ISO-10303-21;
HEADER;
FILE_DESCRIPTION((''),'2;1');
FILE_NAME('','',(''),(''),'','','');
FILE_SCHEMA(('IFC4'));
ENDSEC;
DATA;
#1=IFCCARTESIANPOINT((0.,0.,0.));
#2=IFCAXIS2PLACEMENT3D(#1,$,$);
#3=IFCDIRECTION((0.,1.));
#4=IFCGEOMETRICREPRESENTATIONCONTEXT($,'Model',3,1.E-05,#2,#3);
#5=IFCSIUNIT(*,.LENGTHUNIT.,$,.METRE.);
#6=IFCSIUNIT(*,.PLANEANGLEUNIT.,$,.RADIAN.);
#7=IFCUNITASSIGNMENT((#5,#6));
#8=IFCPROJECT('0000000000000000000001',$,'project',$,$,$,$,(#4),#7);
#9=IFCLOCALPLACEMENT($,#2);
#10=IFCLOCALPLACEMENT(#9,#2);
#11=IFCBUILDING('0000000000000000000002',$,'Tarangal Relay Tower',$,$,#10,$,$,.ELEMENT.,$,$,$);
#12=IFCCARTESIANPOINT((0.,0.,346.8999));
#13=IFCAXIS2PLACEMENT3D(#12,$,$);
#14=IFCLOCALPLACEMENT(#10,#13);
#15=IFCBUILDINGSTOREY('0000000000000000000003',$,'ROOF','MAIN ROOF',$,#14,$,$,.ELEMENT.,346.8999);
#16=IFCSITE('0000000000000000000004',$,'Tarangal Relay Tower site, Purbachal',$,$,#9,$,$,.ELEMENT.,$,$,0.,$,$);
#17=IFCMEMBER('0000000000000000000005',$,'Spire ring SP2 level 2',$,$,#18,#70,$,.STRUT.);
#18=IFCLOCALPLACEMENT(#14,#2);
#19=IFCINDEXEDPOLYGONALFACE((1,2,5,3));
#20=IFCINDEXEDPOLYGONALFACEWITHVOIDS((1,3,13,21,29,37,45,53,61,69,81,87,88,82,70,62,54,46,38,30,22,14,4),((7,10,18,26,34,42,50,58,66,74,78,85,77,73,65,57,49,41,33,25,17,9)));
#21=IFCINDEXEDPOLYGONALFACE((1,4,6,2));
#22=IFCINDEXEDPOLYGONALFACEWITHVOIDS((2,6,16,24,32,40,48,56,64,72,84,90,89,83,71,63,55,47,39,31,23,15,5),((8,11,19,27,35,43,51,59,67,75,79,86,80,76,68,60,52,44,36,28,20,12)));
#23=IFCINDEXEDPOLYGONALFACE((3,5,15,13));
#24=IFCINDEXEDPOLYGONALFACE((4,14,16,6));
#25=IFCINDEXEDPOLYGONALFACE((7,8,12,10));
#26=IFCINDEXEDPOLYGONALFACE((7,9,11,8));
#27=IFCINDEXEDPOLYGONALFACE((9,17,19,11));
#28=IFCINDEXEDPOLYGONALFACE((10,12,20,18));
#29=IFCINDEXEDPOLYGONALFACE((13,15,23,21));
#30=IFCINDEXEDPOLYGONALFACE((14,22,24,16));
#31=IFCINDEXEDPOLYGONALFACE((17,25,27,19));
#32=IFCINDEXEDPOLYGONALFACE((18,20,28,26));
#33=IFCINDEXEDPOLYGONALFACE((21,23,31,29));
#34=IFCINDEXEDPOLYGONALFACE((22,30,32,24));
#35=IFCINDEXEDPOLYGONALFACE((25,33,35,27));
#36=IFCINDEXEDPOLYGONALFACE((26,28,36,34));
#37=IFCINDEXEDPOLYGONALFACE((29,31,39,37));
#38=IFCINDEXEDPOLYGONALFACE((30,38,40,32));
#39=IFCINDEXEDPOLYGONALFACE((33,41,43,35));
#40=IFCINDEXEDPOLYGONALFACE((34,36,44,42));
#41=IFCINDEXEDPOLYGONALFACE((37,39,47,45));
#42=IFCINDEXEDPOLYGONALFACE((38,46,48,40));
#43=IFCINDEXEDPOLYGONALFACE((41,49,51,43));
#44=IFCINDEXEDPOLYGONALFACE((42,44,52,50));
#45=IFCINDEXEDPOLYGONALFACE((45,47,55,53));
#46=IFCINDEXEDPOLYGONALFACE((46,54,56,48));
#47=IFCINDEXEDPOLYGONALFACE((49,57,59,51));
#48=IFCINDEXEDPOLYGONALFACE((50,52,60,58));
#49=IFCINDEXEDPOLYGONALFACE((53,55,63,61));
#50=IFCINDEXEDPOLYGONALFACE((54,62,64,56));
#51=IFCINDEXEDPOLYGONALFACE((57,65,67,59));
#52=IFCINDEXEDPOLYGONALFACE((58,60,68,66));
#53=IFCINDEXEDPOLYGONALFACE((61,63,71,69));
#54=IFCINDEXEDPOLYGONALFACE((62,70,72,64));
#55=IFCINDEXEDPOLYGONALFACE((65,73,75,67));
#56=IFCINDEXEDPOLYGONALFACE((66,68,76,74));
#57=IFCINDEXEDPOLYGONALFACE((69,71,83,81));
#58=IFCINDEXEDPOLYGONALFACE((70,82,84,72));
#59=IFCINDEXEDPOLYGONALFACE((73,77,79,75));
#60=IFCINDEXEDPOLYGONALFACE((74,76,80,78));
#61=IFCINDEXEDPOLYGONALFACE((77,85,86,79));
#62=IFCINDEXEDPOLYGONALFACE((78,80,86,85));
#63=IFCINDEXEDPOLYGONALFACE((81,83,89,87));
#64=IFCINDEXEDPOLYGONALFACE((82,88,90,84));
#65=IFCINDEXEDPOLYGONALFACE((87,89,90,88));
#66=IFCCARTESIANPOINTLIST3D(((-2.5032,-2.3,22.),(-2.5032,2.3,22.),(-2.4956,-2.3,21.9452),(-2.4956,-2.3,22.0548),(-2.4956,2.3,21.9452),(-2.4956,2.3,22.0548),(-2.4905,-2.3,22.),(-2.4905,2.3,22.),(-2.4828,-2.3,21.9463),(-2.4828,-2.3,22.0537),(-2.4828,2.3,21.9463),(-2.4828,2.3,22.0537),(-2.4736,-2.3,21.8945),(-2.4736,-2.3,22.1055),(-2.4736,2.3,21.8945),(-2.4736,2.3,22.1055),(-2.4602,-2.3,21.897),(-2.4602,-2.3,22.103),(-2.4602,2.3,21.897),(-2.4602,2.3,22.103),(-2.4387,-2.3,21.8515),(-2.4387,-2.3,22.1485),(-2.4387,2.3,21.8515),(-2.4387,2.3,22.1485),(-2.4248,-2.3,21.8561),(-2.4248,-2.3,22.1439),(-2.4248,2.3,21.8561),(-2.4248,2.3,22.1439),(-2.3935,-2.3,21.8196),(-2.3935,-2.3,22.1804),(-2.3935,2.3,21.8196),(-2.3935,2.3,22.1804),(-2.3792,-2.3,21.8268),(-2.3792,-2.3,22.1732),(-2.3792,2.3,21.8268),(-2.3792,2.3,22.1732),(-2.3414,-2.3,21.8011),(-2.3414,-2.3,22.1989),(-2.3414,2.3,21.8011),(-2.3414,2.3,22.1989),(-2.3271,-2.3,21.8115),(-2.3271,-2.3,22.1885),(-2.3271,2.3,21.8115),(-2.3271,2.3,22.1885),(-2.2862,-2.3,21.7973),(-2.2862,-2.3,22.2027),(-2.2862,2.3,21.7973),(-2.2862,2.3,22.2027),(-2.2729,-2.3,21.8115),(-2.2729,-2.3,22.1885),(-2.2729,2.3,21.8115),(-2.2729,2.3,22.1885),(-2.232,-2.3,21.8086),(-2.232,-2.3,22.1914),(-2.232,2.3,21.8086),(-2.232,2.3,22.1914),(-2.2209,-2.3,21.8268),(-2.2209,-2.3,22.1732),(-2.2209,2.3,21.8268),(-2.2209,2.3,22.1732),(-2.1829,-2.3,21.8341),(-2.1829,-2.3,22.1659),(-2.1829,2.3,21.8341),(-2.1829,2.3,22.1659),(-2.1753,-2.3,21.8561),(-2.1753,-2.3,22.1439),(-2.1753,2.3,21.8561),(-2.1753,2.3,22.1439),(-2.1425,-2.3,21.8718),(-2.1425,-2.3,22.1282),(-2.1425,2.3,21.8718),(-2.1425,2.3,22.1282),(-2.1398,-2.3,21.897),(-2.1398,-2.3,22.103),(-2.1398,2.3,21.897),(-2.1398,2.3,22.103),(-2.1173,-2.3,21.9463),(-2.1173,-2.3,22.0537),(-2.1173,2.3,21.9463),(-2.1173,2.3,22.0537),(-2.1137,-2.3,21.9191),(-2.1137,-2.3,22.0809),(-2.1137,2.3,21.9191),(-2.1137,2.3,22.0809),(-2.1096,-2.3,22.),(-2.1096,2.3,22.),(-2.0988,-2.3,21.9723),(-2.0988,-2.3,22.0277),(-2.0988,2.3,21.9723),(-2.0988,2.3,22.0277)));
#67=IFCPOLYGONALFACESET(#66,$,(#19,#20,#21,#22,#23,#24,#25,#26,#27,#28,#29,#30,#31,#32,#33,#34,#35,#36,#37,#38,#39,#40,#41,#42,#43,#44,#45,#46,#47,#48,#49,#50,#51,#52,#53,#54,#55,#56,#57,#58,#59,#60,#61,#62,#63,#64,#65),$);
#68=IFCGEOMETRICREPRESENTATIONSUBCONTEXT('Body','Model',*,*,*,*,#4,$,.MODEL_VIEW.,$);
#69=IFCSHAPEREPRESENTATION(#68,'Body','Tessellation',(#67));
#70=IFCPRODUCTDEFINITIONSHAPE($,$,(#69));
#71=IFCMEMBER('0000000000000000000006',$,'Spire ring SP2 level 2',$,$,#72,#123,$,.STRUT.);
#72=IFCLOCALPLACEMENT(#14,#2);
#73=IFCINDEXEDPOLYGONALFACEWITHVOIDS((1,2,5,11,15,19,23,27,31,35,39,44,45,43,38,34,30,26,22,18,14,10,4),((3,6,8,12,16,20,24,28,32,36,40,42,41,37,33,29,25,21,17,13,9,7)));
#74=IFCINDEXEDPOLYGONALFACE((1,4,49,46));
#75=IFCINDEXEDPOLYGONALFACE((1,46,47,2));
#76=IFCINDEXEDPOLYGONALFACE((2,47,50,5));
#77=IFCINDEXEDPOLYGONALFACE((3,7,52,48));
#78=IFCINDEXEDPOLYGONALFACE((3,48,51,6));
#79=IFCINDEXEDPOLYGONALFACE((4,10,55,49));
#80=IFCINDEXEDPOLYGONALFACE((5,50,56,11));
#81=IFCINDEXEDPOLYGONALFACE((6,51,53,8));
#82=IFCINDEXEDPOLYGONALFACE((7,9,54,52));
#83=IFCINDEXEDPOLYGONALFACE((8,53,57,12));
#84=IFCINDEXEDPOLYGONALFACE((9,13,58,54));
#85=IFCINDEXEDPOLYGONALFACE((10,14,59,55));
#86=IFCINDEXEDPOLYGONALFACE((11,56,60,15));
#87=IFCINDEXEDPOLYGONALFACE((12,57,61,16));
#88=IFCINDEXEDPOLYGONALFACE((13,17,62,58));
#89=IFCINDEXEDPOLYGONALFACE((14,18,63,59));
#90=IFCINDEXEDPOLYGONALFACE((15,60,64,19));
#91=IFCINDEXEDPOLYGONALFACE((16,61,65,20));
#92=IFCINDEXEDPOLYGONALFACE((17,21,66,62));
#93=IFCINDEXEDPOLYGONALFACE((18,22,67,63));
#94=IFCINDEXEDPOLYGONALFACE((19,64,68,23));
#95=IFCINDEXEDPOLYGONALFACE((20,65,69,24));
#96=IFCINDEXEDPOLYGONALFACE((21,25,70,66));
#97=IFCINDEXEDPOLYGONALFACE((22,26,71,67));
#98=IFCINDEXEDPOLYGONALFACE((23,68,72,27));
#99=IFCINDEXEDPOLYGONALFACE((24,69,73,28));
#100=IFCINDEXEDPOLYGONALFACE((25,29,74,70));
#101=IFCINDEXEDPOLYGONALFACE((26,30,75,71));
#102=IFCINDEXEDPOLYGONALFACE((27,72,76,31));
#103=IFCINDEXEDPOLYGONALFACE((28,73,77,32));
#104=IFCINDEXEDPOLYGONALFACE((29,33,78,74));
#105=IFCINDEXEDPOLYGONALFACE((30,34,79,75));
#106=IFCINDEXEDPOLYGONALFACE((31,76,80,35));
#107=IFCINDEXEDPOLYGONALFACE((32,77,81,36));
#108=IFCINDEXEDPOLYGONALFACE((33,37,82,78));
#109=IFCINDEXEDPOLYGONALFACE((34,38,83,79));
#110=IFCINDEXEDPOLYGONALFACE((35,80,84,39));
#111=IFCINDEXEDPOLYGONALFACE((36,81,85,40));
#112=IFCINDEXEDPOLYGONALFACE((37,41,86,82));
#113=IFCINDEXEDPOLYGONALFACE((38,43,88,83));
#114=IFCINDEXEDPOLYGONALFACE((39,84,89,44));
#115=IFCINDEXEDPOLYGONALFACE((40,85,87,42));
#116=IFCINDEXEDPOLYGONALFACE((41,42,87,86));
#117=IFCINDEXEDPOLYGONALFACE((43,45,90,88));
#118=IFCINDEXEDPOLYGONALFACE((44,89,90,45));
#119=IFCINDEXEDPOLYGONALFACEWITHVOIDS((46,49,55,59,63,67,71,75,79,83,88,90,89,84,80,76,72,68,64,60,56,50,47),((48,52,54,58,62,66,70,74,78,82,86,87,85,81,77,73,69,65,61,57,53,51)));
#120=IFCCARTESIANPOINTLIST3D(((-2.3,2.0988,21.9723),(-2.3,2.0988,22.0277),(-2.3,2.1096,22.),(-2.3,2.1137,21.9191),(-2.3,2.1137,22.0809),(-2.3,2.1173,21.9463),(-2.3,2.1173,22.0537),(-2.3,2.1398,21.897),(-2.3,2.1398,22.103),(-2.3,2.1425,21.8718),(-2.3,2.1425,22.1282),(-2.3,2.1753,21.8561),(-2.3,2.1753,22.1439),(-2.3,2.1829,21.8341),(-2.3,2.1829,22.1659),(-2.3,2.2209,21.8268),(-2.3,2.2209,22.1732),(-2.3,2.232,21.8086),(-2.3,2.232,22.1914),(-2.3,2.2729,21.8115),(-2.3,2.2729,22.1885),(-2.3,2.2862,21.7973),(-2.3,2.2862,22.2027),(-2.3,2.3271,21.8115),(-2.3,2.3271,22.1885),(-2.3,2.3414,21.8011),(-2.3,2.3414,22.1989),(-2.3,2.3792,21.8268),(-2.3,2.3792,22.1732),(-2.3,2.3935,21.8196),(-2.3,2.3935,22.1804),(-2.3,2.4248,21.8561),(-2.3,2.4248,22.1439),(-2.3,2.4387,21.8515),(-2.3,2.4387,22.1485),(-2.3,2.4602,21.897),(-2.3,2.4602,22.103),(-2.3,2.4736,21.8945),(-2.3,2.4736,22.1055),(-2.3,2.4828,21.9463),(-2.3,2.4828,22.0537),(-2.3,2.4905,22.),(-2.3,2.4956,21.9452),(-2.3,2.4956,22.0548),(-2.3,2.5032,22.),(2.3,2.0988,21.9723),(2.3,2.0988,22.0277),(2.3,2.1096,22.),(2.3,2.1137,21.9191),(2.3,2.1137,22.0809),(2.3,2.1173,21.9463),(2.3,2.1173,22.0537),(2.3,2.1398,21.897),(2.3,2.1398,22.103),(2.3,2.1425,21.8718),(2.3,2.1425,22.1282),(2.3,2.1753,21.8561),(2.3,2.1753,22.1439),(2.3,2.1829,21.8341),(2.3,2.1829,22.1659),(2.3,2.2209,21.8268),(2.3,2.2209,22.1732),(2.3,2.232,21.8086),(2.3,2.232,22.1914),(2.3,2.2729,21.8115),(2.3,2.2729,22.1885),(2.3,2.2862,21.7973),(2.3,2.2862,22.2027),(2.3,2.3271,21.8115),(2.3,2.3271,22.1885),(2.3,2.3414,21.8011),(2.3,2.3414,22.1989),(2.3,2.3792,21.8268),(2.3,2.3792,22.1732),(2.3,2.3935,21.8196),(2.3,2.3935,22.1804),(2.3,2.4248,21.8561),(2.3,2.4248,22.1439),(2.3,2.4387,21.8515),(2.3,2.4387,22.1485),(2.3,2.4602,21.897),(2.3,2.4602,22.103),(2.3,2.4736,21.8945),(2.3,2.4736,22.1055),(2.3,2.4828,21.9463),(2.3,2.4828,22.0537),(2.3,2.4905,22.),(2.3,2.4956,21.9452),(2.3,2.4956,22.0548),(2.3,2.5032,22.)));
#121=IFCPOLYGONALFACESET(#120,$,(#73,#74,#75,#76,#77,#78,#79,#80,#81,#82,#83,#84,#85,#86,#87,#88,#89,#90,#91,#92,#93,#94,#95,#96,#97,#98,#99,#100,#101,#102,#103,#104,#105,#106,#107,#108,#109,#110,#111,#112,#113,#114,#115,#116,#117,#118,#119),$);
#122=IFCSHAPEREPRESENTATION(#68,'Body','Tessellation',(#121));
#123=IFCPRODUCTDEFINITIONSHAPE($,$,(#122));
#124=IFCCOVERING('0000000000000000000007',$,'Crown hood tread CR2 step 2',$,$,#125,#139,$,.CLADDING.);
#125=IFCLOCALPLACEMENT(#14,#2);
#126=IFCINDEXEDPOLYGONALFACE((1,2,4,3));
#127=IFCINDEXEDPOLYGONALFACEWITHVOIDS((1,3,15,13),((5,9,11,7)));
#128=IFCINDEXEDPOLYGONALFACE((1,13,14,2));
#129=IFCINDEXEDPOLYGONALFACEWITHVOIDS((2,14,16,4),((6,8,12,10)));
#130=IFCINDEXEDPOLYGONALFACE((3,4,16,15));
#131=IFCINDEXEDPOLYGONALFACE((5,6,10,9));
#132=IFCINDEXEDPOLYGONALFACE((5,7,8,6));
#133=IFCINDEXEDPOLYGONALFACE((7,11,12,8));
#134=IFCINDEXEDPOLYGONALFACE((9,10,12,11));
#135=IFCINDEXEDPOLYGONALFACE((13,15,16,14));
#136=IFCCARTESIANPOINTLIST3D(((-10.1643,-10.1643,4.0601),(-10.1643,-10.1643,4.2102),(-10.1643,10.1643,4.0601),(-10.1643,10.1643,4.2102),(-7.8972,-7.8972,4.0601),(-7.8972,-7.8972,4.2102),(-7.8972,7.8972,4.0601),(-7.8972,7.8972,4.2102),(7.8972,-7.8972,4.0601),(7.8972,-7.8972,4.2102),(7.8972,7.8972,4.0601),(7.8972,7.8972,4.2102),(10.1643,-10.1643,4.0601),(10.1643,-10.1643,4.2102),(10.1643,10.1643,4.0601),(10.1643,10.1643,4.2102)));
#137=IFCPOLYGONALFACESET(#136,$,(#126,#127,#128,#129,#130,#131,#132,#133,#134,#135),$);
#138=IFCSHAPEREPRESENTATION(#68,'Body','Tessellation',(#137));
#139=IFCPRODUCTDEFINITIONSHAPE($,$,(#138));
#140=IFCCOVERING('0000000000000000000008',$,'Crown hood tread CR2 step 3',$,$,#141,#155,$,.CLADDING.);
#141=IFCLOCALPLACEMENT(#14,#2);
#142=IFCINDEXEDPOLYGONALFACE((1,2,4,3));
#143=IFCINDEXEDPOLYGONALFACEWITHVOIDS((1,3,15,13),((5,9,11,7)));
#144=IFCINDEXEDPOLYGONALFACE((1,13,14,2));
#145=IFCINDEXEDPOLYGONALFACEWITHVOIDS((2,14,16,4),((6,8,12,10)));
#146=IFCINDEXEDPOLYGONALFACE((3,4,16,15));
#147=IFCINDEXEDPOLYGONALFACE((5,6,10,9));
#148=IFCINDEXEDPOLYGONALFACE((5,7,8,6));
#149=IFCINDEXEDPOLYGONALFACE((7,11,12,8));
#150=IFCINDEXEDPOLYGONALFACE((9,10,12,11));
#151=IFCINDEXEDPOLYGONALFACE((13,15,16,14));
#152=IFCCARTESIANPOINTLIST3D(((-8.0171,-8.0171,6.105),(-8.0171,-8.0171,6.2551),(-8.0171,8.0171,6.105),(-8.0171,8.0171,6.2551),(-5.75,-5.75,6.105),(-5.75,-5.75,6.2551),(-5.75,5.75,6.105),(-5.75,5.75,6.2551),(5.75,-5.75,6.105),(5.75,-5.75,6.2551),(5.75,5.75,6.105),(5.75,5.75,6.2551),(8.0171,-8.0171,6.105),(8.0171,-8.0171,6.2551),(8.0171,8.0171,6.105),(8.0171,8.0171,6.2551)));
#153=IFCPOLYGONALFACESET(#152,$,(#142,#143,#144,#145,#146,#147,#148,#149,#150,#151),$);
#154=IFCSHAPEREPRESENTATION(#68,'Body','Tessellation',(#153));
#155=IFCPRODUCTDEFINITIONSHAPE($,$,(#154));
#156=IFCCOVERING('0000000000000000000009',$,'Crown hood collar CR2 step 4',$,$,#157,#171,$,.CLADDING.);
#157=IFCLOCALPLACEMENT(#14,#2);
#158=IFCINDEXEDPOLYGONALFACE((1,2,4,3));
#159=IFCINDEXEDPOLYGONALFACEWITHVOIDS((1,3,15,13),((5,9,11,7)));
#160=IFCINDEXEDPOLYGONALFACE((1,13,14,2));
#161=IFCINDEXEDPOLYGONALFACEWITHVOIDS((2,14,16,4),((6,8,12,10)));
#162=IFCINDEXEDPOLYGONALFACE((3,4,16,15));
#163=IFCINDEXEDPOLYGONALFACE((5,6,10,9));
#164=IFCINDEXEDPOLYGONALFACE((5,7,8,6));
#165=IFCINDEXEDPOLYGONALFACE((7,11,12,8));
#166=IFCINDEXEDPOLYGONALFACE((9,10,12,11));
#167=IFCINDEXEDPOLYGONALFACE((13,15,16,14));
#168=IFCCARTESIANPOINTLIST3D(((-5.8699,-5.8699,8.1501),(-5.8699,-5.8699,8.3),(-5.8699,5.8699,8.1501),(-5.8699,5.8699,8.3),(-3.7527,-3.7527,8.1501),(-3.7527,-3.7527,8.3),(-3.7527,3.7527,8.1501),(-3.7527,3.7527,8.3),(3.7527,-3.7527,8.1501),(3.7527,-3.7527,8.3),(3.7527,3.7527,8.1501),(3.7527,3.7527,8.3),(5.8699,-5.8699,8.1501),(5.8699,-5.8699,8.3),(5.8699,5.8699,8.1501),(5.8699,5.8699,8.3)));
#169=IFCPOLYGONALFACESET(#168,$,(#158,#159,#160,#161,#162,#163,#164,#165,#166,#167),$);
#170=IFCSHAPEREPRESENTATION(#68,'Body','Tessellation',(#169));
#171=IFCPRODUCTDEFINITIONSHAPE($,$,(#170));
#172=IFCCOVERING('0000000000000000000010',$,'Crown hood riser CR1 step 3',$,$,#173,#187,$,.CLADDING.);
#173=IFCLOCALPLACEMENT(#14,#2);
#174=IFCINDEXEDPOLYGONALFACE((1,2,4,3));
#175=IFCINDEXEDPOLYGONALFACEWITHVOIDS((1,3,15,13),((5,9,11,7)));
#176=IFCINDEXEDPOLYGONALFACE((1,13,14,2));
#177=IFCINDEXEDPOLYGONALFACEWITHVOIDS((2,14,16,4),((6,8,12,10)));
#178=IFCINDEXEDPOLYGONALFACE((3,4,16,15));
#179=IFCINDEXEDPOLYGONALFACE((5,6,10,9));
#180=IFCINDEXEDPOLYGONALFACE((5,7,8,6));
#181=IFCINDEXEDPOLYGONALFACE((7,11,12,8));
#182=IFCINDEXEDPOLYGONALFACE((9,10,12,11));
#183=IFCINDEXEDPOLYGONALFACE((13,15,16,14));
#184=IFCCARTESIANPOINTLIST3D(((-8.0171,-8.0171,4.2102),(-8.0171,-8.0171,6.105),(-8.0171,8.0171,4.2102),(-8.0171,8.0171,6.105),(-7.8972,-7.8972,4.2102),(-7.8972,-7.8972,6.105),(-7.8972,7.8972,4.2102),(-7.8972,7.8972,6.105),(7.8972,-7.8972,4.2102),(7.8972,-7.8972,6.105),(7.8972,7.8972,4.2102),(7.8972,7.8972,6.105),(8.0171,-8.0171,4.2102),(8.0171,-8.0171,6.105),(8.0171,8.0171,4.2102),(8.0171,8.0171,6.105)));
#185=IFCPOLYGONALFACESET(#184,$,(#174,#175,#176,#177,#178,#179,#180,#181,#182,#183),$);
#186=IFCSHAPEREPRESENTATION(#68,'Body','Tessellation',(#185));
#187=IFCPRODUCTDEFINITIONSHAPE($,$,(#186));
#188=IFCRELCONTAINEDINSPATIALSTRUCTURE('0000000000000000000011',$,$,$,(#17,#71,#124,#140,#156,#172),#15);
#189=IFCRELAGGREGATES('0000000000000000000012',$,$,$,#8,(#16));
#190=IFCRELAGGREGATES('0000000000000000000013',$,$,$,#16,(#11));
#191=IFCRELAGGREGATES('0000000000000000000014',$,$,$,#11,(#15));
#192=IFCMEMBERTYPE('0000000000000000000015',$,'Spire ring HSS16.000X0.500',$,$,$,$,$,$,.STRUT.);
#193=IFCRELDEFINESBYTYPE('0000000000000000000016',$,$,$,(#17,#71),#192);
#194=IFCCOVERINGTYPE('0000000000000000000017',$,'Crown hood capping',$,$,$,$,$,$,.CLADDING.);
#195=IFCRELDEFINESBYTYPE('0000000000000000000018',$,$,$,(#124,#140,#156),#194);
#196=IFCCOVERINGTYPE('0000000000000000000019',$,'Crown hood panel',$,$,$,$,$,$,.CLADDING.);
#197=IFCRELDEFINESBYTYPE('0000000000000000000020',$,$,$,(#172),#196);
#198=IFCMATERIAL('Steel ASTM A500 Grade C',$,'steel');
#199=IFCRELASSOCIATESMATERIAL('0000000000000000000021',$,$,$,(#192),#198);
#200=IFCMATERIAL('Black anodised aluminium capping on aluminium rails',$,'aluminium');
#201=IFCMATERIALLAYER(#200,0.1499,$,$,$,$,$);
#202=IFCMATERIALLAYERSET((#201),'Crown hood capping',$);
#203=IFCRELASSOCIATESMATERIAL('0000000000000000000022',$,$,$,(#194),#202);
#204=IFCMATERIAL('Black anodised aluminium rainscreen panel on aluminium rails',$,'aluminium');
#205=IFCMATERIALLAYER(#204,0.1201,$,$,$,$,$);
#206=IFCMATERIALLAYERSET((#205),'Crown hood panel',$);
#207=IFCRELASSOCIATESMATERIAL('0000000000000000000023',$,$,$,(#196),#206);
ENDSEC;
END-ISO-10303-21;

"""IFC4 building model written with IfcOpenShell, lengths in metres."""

from ifc_helpers import new_model, si_unit, direction, frame, origin, origin_2d, place, context, subcontext, project, spatial, polyline, hollow_circle, outline, extrude, material, layer, layer_set, material_profile, profile_set, type_object, element, save


model = new_model("IFC4")

# Units and contexts
model_context = context("Model", 3, precision=1e-05, world=origin(), true_north=direction((0.0, 1.0)))
body_context = subcontext(model_context, "Body", "Model", "MODEL_VIEW")
ifc_project = project(units=[si_unit("LENGTHUNIT", "METRE"), si_unit("PLANEANGLEUNIT", "RADIAN")], contexts=[model_context])

# Site, building, storey
site_placement = place(None, origin())
site = spatial("IfcSite", under=ifc_project, at=site_placement, Name="Tarangal Relay Tower site, Purbachal", CompositionType="ELEMENT", RefElevation=0.0)
building_placement = place(site_placement, origin())
building = spatial("IfcBuilding", under=site, at=building_placement, Name="Tarangal Relay Tower", CompositionType="ELEMENT")
storey_placement = place(building_placement, frame((0.0, 0.0, 346.8999)))
storey = spatial("IfcBuildingStorey", under=building, at=storey_placement, Name="ROOF", Description="MAIN ROOF", CompositionType="ELEMENT", Elevation=346.8999)

# Members
ifc_material_1 = material(Name="Steel ASTM A500 Grade C", Category="steel")
ifc_material_profile_1 = material_profile(ifc_material_1, hollow_circle(Radius=0.2031, WallThickness=0.0127, at=origin_2d()), Name="HSS16.000X0.500")
ifc_profile_set_1 = profile_set([ifc_material_profile_1], Name="Steel ASTM A500 Grade C")
member_type_1 = type_object("IfcMemberType", Name="Spire ring HSS16.000X0.500", PredefinedType="STRUT", material=ifc_profile_set_1)
for number, where, z_axis, x_axis, name in (
    (1, (-2.3, -2.3, 22.0), (0.0, 1.0, 0.0), (-1.0, 0.0, 0.0), "Spire ring SP2 level 2"),
    (2, (-2.3, 2.3, 22.0), (1.0, 0.0, 0.0), (0.0, 1.0, 0.0), "Spire ring SP2 level 2"),
):
    element("IfcMember", number, at=place(storey_placement, frame(where, z_axis=z_axis, x_axis=x_axis)), inside=storey, type_object=member_type_1, Name=name, PredefinedType="STRUT", context=body_context, shape_type="SweptSolid", body=[
        extrude(hollow_circle(Radius=0.2031, WallThickness=0.0127, at=origin_2d()), origin(), (0.0, 0.0, 1.0), 4.6001),
    ])

# Coverings
ifc_material_2 = material(Name="Black anodised aluminium capping on aluminium rails", Category="aluminium")
ifc_layer_1 = layer(ifc_material_2, 0.1499)
ifc_layer_set_1 = layer_set([ifc_layer_1], Name="Crown hood capping")
covering_type_1 = type_object("IfcCoveringType", Name="Crown hood capping", PredefinedType="CLADDING", material=ifc_layer_set_1)
covering_1_placement = place(storey_placement, frame((0.0, 0.0, 4.0601)))
element("IfcCovering", 3, at=covering_1_placement, inside=storey, type_object=covering_type_1, Name="Crown hood tread CR2 step 2", PredefinedType="CLADDING", context=body_context, shape_type="SweptSolid", body=[
    extrude(outline(polyline([(-10.1643, -10.1643), (10.1643, -10.1643), (10.1643, 10.1643), (-10.1643, 10.1643), (-10.1643, -10.1643)]), holes=[polyline([(-7.8972, -7.8972), (7.8972, -7.8972), (7.8972, 7.8972), (-7.8972, 7.8972), (-7.8972, -7.8972)])]), origin(), (0.0, 0.0, 1.0), 0.1501),
])
covering_2_placement = place(storey_placement, frame((0.0, 0.0, 6.105)))
element("IfcCovering", 4, at=covering_2_placement, inside=storey, type_object=covering_type_1, Name="Crown hood tread CR2 step 3", PredefinedType="CLADDING", context=body_context, shape_type="SweptSolid", body=[
    extrude(outline(polyline([(-8.0171, -8.0171), (8.0171, -8.0171), (8.0171, 8.0171), (-8.0171, 8.0171), (-8.0171, -8.0171)]), holes=[polyline([(-5.75, -5.75), (5.75, -5.75), (5.75, 5.75), (-5.75, 5.75), (-5.75, -5.75)])]), origin(), (0.0, 0.0, 1.0), 0.1501),
])
covering_3_placement = place(storey_placement, frame((0.0, 0.0, 8.1501)))
element("IfcCovering", 5, at=covering_3_placement, inside=storey, type_object=covering_type_1, Name="Crown hood collar CR2 step 4", PredefinedType="CLADDING", context=body_context, shape_type="SweptSolid", body=[
    extrude(outline(polyline([(-5.8699, -5.8699), (5.8699, -5.8699), (5.8699, 5.8699), (-5.8699, 5.8699), (-5.8699, -5.8699)]), holes=[polyline([(-3.7527, -3.7527), (3.7527, -3.7527), (3.7527, 3.7527), (-3.7527, 3.7527), (-3.7527, -3.7527)])]), origin(), (0.0, 0.0, 1.0), 0.1499),
])
ifc_material_3 = material(Name="Black anodised aluminium rainscreen panel on aluminium rails", Category="aluminium")
ifc_layer_2 = layer(ifc_material_3, 0.1201)
ifc_layer_set_2 = layer_set([ifc_layer_2], Name="Crown hood panel")
covering_type_2 = type_object("IfcCoveringType", Name="Crown hood panel", PredefinedType="CLADDING", material=ifc_layer_set_2)
covering_4_placement = place(storey_placement, frame((0.0, 0.0, 4.2102)))
element("IfcCovering", 6, at=covering_4_placement, inside=storey, type_object=covering_type_2, Name="Crown hood riser CR1 step 3", PredefinedType="CLADDING", context=body_context, shape_type="SweptSolid", body=[
    extrude(outline(polyline([(-8.0171, -8.0171), (8.0171, -8.0171), (8.0171, 8.0171), (-8.0171, 8.0171), (-8.0171, -8.0171)]), holes=[polyline([(-7.8972, -7.8972), (7.8972, -7.8972), (7.8972, 7.8972), (-7.8972, 7.8972), (-7.8972, -7.8972)])]), origin(), (0.0, 0.0, 1.0), 1.8948),
])

save(model, "model.ifc")
